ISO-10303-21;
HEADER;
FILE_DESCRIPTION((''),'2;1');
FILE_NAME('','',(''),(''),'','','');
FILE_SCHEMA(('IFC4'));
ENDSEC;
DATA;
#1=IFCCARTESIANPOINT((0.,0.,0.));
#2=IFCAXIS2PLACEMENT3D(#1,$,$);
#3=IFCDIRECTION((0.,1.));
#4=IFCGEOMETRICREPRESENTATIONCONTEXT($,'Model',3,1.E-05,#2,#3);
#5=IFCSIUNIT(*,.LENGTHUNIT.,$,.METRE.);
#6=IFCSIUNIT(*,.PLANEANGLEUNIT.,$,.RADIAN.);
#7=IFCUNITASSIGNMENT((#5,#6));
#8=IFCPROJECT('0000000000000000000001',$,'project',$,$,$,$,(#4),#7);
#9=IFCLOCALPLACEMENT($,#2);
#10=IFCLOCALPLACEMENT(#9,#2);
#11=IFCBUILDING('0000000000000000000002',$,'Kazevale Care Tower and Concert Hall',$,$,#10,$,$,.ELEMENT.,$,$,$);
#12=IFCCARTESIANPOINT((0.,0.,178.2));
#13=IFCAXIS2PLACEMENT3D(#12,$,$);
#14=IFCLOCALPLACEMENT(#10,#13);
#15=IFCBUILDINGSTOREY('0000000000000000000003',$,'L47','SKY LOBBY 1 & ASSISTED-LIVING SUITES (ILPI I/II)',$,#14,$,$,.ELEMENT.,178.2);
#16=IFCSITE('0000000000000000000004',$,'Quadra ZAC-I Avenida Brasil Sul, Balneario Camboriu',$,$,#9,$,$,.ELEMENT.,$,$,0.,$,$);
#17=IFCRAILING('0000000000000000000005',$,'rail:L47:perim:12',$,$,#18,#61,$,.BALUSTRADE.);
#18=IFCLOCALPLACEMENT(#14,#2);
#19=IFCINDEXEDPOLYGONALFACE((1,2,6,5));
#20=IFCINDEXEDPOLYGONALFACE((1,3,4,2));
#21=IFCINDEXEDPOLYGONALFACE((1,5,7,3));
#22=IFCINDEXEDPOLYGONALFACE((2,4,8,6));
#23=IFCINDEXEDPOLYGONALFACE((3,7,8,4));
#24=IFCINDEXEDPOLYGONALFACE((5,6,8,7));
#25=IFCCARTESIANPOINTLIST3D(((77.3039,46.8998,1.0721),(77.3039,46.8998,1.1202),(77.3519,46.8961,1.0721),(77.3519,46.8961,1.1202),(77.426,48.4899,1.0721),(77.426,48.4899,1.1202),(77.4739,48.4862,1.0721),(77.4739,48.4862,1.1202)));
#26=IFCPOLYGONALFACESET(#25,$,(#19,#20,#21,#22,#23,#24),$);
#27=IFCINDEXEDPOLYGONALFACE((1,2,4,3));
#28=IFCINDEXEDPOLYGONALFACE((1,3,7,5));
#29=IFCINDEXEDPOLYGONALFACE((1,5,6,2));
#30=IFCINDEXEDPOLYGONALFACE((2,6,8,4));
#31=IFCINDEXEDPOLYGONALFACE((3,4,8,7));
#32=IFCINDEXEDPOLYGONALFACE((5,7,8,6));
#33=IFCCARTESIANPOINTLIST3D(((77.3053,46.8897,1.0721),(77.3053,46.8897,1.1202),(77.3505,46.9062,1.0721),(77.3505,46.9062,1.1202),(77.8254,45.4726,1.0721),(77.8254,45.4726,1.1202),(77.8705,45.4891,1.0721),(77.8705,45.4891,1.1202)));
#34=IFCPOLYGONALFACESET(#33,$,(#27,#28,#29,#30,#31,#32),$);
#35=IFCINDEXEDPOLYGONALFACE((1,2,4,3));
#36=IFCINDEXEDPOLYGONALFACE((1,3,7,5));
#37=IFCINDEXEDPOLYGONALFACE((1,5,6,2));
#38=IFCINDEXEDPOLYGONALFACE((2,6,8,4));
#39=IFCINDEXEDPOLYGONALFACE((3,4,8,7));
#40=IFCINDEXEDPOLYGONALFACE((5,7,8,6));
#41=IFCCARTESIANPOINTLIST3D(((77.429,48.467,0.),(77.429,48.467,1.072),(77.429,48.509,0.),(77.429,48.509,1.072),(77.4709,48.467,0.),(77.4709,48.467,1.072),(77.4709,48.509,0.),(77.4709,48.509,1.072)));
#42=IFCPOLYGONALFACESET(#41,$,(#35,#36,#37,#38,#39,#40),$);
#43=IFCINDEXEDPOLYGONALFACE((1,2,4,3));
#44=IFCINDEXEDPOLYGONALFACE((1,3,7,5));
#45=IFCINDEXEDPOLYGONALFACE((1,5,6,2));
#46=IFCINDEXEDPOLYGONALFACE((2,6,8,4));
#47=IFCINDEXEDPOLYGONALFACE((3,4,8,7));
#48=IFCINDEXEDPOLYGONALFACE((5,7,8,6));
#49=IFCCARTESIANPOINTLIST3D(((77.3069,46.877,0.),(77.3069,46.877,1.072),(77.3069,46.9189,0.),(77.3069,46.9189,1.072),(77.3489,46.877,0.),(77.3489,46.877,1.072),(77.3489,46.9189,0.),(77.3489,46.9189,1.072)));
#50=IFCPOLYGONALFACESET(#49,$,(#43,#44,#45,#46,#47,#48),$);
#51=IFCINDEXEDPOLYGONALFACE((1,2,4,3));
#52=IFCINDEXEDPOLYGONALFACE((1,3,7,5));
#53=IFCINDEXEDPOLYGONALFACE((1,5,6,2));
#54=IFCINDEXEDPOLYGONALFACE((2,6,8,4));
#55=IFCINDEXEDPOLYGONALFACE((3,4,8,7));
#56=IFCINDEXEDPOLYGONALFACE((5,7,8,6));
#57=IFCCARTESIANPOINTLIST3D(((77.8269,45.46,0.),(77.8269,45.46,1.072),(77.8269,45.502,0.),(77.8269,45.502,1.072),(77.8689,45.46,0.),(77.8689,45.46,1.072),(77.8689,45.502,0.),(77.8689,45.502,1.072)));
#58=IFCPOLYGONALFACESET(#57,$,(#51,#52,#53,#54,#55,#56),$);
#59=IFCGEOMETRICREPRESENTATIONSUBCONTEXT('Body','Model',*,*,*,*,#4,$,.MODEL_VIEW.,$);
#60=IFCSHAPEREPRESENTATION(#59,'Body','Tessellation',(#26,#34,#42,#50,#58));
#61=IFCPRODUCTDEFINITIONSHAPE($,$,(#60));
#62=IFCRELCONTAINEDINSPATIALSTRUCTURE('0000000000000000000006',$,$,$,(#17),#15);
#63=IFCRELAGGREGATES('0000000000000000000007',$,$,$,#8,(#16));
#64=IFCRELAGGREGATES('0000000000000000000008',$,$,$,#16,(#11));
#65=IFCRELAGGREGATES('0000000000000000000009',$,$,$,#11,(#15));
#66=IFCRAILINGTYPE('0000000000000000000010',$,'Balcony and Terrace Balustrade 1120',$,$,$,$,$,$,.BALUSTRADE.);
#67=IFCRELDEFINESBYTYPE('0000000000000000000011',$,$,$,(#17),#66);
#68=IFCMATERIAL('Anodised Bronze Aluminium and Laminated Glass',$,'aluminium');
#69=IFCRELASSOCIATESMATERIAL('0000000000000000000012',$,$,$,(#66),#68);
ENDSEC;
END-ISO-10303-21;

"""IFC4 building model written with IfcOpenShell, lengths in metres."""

from ifc_helpers import new_model, si_unit, direction, frame, origin, origin_2d, place, context, subcontext, project, spatial, rectangle, extrude, material, type_object, element, save


model = new_model("IFC4")

# Units and contexts
model_context = context("Model", 3, precision=1e-05, world=origin(), true_north=direction((0.0, 1.0)))
body_context = subcontext(model_context, "Body", "Model", "MODEL_VIEW")
ifc_project = project(units=[si_unit("LENGTHUNIT", "METRE"), si_unit("PLANEANGLEUNIT", "RADIAN")], contexts=[model_context])

# Site, building, storey
site_placement = place(None, origin())
site = spatial("IfcSite", under=ifc_project, at=site_placement, Name="Quadra ZAC-I Avenida Brasil Sul, Balneario Camboriu", CompositionType="ELEMENT", RefElevation=0.0)
building_placement = place(site_placement, origin())
building = spatial("IfcBuilding", under=site, at=building_placement, Name="Kazevale Care Tower and Concert Hall", CompositionType="ELEMENT")
storey_placement = place(building_placement, frame((0.0, 0.0, 178.2)))
storey = spatial("IfcBuildingStorey", under=building, at=storey_placement, Name="L47", Description="SKY LOBBY 1 & ASSISTED-LIVING SUITES (ILPI I/II)", CompositionType="ELEMENT", Elevation=178.2)

# Railing
ifc_material_1 = material(Name="Anodised Bronze Aluminium and Laminated Glass", Category="aluminium")
railing_type = type_object("IfcRailingType", Name="Balcony and Terrace Balustrade 1120", PredefinedType="BALUSTRADE", material=ifc_material_1)
railing_1_placement = place(storey_placement, frame((77.45, 48.488, 0.0)))
element("IfcRailing", 1, at=railing_1_placement, inside=storey, type_object=railing_type, Name="rail:L47:perim:12", PredefinedType="BALUSTRADE", context=body_context, shape_type="SweptSolid", body=[
    extrude(rectangle(XDim=0.0481, YDim=0.0481, at=origin_2d()), frame((0.0, 0.0, 1.0962), z_axis=(-0.076544, -0.997066, 0.0), x_axis=(0.997066, -0.076544, 0.0)), (0.0, 0.0, 1.0), 1.5947),
    extrude(rectangle(XDim=0.0481, YDim=0.0481, at=origin_2d()), frame((-0.1221, -1.5901, 1.0962), z_axis=(0.344521, -0.938779, 0.0), x_axis=(0.938779, 0.344521, 0.0)), (0.0, 0.0, 1.0), 1.5095),
    extrude(rectangle(XDim=0.042, YDim=0.042, at=origin_2d()), origin(), (0.0, 0.0, 1.0), 1.072),
    extrude(rectangle(XDim=0.042, YDim=0.042, at=origin_2d()), frame((-0.1221, -1.5901, 0.0)), (0.0, 0.0, 1.0), 1.072),
    extrude(rectangle(XDim=0.042, YDim=0.042, at=origin_2d()), frame((0.3979, -3.0071, 0.0)), (0.0, 0.0, 1.0), 1.072),
])

save(model, "model.ifc")
